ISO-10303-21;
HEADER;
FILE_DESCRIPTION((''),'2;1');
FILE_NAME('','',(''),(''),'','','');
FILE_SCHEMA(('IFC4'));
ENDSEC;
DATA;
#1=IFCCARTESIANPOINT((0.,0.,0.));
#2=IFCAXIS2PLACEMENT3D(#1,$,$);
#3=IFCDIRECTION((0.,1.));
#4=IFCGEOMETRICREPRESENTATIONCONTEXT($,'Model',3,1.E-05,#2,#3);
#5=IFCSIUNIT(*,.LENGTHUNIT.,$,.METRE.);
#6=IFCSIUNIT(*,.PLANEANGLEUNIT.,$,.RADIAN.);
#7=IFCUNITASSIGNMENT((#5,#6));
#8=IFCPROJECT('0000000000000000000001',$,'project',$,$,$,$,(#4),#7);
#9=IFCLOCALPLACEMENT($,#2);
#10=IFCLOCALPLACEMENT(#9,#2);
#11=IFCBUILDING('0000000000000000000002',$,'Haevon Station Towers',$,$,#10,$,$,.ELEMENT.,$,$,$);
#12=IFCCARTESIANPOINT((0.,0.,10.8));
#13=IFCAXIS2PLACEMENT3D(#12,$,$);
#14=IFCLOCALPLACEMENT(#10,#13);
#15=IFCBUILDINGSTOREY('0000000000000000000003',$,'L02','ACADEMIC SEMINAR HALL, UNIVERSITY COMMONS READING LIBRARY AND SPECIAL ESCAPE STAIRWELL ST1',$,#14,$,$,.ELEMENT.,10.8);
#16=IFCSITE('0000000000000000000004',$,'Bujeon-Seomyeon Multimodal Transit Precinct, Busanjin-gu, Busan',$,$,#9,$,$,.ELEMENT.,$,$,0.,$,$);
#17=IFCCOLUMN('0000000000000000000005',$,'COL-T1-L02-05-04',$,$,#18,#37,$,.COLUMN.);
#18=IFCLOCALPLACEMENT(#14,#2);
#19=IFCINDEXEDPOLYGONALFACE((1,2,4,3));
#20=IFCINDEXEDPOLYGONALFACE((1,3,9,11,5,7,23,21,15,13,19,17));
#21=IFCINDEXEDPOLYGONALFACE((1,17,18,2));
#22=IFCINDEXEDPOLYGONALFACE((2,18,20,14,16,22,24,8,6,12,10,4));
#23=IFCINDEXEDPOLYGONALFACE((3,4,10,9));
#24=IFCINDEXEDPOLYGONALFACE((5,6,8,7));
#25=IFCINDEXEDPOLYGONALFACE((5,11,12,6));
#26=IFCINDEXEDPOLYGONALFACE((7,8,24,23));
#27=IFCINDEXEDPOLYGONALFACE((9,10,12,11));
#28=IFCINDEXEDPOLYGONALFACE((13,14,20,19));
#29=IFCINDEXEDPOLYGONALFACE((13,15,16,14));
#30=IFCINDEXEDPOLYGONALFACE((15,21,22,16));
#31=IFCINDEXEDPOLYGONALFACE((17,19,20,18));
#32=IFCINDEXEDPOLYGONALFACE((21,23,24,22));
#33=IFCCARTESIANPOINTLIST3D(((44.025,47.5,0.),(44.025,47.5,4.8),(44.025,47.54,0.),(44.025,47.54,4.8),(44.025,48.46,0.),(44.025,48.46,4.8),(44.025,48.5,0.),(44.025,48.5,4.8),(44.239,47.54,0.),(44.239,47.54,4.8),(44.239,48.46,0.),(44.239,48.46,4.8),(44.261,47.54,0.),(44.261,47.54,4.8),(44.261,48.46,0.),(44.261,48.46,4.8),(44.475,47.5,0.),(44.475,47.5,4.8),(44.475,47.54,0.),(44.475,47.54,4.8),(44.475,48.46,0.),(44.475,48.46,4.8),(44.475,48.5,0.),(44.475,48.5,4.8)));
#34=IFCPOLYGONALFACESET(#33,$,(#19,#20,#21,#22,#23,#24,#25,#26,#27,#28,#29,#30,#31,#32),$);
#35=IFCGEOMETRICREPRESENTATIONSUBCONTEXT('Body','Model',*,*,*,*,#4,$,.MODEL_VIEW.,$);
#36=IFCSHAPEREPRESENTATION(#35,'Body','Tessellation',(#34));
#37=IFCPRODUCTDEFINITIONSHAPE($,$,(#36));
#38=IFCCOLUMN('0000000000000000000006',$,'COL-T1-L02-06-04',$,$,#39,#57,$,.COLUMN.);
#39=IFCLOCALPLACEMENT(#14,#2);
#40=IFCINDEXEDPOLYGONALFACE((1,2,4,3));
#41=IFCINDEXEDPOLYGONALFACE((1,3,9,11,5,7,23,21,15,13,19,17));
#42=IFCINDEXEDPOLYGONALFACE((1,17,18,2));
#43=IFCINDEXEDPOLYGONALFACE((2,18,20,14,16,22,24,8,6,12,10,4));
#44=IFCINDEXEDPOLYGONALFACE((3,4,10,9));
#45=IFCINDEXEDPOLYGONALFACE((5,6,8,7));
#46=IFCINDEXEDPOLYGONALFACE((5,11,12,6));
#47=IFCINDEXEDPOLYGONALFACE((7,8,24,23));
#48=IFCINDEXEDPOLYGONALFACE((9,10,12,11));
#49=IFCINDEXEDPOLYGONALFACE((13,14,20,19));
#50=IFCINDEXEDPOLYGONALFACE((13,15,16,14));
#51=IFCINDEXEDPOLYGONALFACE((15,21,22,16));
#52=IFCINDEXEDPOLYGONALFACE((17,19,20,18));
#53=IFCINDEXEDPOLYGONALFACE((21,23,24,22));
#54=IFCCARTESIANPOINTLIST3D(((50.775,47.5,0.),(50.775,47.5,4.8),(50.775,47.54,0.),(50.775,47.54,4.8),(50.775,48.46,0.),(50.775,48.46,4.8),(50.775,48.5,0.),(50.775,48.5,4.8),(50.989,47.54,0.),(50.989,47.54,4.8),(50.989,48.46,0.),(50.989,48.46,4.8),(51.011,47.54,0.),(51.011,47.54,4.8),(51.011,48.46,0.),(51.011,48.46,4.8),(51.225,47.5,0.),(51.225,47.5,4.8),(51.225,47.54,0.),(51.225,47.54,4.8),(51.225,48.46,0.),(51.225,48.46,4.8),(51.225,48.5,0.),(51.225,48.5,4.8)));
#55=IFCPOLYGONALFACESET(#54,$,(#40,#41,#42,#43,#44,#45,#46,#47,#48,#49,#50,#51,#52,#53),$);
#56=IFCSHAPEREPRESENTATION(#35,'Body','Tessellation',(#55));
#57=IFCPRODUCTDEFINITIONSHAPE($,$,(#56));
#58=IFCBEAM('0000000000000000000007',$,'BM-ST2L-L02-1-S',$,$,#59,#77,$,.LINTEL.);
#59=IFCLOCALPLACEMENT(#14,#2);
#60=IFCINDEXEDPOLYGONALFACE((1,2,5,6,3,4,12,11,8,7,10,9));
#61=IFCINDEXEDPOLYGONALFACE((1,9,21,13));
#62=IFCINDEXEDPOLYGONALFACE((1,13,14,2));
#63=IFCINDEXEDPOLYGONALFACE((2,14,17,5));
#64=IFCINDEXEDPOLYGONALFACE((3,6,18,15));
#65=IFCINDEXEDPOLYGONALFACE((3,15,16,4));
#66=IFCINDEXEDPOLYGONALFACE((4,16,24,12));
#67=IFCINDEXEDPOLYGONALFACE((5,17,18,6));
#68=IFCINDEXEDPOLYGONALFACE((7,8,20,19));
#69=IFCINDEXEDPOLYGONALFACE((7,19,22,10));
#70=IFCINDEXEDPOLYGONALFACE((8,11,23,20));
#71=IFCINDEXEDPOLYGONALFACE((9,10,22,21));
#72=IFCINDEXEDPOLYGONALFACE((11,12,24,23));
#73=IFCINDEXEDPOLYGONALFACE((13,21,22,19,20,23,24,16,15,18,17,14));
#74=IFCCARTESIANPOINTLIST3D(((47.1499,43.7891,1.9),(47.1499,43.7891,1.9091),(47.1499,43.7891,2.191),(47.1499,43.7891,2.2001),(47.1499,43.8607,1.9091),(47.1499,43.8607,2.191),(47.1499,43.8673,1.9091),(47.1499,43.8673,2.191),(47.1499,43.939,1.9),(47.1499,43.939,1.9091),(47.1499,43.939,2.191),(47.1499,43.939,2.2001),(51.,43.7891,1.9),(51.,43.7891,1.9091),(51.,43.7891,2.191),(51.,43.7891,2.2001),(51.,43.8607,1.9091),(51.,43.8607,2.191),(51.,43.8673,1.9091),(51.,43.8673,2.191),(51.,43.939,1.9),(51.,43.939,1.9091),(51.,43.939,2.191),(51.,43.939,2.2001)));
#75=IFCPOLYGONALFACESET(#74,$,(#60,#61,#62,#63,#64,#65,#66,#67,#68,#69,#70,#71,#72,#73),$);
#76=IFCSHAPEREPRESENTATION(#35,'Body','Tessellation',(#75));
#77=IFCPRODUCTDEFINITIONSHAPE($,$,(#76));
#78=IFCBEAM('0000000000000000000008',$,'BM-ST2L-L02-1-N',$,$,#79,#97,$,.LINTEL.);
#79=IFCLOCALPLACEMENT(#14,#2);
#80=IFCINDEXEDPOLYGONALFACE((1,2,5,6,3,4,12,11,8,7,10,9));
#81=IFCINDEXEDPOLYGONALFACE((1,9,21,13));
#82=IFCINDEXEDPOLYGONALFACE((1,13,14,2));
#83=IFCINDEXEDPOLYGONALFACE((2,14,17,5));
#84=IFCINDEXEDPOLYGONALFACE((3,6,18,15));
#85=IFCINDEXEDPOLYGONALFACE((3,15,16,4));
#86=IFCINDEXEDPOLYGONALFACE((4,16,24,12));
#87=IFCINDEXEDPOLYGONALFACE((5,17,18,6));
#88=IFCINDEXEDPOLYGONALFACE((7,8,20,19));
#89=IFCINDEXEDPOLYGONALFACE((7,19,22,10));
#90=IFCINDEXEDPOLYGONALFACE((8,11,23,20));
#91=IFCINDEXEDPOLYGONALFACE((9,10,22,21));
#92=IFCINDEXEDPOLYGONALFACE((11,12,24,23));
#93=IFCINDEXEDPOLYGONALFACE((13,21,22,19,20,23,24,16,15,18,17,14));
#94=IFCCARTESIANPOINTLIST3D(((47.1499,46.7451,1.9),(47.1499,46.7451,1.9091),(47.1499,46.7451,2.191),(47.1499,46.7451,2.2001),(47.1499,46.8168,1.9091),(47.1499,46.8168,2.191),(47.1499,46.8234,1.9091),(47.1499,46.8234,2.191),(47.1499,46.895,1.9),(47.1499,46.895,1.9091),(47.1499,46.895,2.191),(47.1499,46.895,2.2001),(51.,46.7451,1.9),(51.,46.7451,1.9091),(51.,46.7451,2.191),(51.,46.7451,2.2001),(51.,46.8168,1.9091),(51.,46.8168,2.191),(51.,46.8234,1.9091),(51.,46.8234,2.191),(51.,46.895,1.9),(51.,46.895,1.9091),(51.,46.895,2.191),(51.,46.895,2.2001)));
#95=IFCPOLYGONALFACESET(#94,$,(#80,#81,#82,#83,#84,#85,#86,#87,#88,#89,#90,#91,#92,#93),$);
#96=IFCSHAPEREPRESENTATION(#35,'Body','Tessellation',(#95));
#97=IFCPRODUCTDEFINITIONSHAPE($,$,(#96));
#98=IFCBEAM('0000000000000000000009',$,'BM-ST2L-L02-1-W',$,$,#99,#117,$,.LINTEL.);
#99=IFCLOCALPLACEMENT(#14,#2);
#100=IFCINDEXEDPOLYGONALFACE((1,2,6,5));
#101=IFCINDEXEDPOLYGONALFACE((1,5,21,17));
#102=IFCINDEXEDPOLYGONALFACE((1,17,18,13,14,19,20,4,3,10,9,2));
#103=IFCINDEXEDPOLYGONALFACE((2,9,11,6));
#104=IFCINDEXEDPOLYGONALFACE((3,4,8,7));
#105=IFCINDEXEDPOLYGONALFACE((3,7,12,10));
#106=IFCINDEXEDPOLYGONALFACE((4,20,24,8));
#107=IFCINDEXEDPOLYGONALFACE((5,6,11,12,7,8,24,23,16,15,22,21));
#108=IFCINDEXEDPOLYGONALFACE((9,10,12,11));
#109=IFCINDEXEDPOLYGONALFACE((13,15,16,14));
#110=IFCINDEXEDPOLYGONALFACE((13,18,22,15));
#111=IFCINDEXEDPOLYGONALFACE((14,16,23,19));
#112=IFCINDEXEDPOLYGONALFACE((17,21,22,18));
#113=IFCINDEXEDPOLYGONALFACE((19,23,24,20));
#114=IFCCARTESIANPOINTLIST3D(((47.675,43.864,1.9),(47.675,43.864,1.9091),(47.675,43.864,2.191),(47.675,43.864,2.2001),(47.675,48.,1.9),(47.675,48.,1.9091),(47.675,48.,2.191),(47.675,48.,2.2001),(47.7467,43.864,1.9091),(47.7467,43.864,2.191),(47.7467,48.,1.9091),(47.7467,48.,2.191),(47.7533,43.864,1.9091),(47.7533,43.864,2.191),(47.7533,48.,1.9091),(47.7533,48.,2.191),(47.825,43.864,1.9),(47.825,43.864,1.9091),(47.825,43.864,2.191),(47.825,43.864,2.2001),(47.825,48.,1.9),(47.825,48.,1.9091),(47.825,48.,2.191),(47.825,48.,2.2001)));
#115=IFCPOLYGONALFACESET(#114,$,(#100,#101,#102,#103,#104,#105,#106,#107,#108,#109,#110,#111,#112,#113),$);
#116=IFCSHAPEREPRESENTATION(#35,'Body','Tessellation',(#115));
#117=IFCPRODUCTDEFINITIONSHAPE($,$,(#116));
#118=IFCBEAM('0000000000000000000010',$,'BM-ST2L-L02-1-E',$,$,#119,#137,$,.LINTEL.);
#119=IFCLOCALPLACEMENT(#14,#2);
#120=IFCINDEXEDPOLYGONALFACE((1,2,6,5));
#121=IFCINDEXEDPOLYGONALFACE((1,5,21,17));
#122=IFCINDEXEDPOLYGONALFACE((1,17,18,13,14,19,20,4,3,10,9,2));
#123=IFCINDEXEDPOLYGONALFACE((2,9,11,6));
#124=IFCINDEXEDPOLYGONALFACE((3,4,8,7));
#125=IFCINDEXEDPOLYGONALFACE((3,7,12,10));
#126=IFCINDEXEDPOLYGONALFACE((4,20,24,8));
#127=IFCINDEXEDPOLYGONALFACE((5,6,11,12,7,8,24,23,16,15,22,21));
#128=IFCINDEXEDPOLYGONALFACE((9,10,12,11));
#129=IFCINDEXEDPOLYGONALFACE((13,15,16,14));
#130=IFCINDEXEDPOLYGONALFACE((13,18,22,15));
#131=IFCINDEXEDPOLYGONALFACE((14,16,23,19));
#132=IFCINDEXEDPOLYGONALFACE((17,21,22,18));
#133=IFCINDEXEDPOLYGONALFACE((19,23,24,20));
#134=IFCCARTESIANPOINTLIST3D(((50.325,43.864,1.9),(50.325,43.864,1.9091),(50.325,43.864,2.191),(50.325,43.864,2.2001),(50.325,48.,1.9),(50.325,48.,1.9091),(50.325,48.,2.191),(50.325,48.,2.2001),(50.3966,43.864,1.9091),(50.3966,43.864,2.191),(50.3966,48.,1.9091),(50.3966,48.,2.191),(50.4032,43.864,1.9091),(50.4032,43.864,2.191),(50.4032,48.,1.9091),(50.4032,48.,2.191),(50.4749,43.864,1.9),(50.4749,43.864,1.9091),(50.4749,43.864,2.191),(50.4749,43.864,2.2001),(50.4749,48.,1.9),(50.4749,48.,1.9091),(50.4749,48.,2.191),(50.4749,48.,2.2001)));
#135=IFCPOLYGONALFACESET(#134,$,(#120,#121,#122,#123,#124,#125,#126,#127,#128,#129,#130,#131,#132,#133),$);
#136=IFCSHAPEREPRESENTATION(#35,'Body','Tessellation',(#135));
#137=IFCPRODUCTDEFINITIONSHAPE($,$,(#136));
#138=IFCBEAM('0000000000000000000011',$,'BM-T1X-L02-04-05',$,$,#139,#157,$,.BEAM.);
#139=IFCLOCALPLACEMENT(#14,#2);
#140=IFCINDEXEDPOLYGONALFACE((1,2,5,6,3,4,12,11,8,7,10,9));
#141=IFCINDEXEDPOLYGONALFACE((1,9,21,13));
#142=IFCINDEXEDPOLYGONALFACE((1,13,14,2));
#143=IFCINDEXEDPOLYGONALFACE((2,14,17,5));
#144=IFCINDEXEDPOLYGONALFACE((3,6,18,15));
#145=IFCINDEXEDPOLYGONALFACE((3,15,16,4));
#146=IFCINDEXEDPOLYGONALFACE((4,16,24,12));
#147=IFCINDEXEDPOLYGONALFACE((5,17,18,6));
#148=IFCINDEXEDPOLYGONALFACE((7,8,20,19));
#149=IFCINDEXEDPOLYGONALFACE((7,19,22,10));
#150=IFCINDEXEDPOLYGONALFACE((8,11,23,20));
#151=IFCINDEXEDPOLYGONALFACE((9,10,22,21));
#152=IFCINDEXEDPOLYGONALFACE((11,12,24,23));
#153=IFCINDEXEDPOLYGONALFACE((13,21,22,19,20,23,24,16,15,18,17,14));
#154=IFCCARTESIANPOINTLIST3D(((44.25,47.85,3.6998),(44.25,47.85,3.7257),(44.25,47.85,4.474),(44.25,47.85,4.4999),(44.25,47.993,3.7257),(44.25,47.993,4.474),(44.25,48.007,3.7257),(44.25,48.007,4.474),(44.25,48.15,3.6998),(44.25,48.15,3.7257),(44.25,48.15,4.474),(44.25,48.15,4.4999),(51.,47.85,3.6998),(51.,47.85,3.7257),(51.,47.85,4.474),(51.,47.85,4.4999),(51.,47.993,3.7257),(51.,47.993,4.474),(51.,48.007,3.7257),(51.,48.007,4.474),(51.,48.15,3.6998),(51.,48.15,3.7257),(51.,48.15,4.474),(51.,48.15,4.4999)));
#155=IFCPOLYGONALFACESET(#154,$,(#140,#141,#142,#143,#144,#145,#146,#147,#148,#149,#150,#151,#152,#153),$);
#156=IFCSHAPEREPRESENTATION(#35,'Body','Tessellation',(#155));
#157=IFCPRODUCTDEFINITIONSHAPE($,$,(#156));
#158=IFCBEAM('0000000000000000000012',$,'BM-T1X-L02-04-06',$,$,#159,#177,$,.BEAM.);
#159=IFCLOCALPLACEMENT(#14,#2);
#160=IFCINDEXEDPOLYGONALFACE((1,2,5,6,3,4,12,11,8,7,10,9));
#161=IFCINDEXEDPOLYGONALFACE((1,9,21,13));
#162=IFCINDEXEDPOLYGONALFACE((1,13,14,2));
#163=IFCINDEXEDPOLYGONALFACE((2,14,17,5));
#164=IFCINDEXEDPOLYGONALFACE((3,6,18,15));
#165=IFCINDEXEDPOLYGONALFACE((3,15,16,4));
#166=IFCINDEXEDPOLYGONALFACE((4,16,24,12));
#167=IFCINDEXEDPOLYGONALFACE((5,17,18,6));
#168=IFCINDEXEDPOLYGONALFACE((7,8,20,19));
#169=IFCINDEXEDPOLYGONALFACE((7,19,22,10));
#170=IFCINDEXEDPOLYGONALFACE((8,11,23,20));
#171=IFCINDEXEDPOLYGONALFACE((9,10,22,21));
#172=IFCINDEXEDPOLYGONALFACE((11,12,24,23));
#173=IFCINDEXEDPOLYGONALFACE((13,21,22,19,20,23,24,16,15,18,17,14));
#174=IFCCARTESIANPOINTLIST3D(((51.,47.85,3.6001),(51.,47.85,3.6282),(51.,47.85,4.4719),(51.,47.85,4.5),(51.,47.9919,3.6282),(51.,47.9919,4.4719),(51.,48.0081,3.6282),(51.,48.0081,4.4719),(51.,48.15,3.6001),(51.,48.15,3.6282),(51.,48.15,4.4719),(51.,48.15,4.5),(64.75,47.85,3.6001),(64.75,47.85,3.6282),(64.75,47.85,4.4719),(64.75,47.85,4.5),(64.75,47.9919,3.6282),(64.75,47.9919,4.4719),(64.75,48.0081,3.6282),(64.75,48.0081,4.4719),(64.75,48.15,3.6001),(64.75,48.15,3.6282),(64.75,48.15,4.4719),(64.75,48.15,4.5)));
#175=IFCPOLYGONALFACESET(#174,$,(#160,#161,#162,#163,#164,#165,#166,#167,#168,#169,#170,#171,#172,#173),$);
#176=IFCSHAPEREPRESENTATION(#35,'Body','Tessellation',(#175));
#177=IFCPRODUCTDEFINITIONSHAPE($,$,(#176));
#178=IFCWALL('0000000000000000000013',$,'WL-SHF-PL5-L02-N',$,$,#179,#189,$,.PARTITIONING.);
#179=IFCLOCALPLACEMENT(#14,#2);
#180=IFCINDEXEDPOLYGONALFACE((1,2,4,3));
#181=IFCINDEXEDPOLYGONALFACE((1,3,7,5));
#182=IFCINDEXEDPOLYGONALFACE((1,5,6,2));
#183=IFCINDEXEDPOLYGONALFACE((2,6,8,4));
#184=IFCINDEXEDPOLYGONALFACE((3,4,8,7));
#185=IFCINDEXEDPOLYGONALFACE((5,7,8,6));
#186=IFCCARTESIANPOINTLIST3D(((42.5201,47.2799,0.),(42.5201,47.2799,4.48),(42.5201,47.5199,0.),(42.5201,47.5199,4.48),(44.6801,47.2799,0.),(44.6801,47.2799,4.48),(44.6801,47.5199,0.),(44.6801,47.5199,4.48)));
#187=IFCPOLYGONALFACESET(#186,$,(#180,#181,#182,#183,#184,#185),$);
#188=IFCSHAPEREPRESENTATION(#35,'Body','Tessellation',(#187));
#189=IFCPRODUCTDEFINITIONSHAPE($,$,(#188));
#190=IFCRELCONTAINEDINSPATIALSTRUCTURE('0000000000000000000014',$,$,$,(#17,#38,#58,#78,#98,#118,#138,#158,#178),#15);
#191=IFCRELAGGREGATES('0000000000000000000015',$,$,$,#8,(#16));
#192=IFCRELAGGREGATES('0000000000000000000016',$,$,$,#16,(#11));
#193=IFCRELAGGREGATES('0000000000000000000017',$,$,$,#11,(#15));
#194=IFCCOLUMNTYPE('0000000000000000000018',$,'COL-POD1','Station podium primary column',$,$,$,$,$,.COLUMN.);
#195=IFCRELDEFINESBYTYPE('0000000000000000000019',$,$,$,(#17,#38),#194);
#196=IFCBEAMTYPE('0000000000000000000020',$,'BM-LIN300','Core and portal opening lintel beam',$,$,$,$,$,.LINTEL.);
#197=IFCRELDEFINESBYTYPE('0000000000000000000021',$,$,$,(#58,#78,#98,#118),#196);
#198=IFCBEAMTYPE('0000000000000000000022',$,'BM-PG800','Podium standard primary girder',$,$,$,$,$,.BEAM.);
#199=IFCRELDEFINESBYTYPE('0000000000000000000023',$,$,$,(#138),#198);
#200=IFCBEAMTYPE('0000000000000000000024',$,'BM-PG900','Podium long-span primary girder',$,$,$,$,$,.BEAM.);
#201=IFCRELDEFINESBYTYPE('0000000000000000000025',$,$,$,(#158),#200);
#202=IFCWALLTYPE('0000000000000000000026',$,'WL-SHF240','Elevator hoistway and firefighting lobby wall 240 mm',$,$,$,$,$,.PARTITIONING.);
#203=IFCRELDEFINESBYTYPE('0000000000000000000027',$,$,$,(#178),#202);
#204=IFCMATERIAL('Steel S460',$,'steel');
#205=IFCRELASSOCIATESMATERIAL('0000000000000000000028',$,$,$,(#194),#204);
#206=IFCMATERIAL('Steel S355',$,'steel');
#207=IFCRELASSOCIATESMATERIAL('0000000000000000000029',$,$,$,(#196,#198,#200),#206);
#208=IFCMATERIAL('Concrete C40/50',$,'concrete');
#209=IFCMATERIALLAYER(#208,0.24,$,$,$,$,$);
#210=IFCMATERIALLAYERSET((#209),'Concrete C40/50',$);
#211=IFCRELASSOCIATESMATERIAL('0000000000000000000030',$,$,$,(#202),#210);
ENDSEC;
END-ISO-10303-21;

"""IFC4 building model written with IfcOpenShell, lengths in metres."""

from ifc_helpers import new_model, si_unit, direction, frame, frame_2d, origin, origin_2d, place, context, subcontext, project, spatial, rectangle, i_section, extrude, material, layer, layer_set, material_profile, profile_set, type_object, element, save


model = new_model("IFC4")

# Units and contexts
model_context = context("Model", 3, precision=1e-05, world=origin(), true_north=direction((0.0, 1.0)))
body_context = subcontext(model_context, "Body", "Model", "MODEL_VIEW")
ifc_project = project(units=[si_unit("LENGTHUNIT", "METRE"), si_unit("PLANEANGLEUNIT", "RADIAN")], contexts=[model_context])

# Site, building, storey
site_placement = place(None, origin())
site = spatial("IfcSite", under=ifc_project, at=site_placement, Name="Bujeon-Seomyeon Multimodal Transit Precinct, Busanjin-gu, Busan", CompositionType="ELEMENT", RefElevation=0.0)
building_placement = place(site_placement, origin())
building = spatial("IfcBuilding", under=site, at=building_placement, Name="Haevon Station Towers", CompositionType="ELEMENT")
storey_placement = place(building_placement, frame((0.0, 0.0, 10.8)))
storey = spatial("IfcBuildingStorey", under=building, at=storey_placement, Name="L02", Description="ACADEMIC SEMINAR HALL, UNIVERSITY COMMONS READING LIBRARY AND SPECIAL ESCAPE STAIRWELL ST1", CompositionType="ELEMENT", Elevation=10.8)

# Columns
ifc_material_1 = material(Name="Steel S460", Category="steel")
ifc_material_profile_1 = material_profile(ifc_material_1, i_section(OverallWidth=0.45, OverallDepth=1.0, WebThickness=0.022, FlangeThickness=0.04, at=origin_2d()), Name="H-1000x450x22x40")
ifc_profile_set_1 = profile_set([ifc_material_profile_1], Name="Steel S460")
column_type = type_object("IfcColumnType", Name="COL-POD1", Description="Station podium primary column", PredefinedType="COLUMN", material=ifc_profile_set_1)
for number, where, z_axis, x_axis, name in (
    (1, (44.25, 48.0, 0.0), (0.0, 0.0, 1.0), (1.0, 0.0, 0.0), "COL-T1-L02-05-04"),
    (2, (51.0, 48.0, 0.0), (0.0, 0.0, 1.0), (1.0, 0.0, 0.0), "COL-T1-L02-06-04"),
):
    element("IfcColumn", number, at=place(storey_placement, frame(where, z_axis=z_axis, x_axis=x_axis)), inside=storey, type_object=column_type, Name=name, PredefinedType="COLUMN", context=body_context, shape_type="SweptSolid", body=[
        extrude(i_section(OverallWidth=0.45, OverallDepth=1.0, WebThickness=0.022, FlangeThickness=0.04, at=origin_2d()), origin(), (0.0, 0.0, 1.0), 4.8),
    ])

# Beams
ifc_material_2 = material(Name="Steel S355", Category="steel")
ifc_material_profile_2 = material_profile(ifc_material_2, i_section(OverallWidth=0.1499, OverallDepth=0.3, WebThickness=0.0066, FlangeThickness=0.009, at=origin_2d()), Name="H-300x150x6.5x9")
ifc_profile_set_2 = profile_set([ifc_material_profile_2], Name="Steel S355")
beam_type_1 = type_object("IfcBeamType", Name="BM-LIN300", Description="Core and portal opening lintel beam", PredefinedType="LINTEL", material=ifc_profile_set_2)
for number, where, z_axis, x_axis, name in (
    (3, (47.1499, 43.864, 2.05), (1.0, 0.0, 0.0), (0.0, 1.0, 0.0), "BM-ST2L-L02-1-S"),
    (4, (47.1499, 46.8201, 2.05), (1.0, 0.0, 0.0), (0.0, 1.0, 0.0), "BM-ST2L-L02-1-N"),
):
    element("IfcBeam", number, at=place(storey_placement, frame(where, z_axis=z_axis, x_axis=x_axis)), inside=storey, type_object=beam_type_1, Name=name, PredefinedType="LINTEL", context=body_context, shape_type="SweptSolid", body=[
        extrude(i_section(OverallWidth=0.1499, OverallDepth=0.3, WebThickness=0.0066, FlangeThickness=0.009, at=origin_2d()), origin(), (0.0, 0.0, 1.0), 3.8501),
    ])
for number, where, z_axis, x_axis, name in (
    (5, (47.75, 43.864, 2.05), (0.0, 1.0, 0.0), (-1.0, 0.0, 0.0), "BM-ST2L-L02-1-W"),
    (6, (50.3999, 43.864, 2.05), (0.0, 1.0, 0.0), (-1.0, 0.0, 0.0), "BM-ST2L-L02-1-E"),
):
    element("IfcBeam", number, at=place(storey_placement, frame(where, z_axis=z_axis, x_axis=x_axis)), inside=storey, type_object=beam_type_1, Name=name, PredefinedType="LINTEL", context=body_context, shape_type="SweptSolid", body=[
        extrude(i_section(OverallWidth=0.1499, OverallDepth=0.3, WebThickness=0.0066, FlangeThickness=0.009, at=origin_2d()), origin(), (0.0, 0.0, 1.0), 4.136),
    ])
ifc_material_profile_3 = material_profile(ifc_material_2, i_section(OverallWidth=0.3, OverallDepth=0.8, WebThickness=0.0139, FlangeThickness=0.0259, at=origin_2d()), Name="H-800x300x14x26")
ifc_profile_set_3 = profile_set([ifc_material_profile_3], Name="Steel S355")
beam_type_2 = type_object("IfcBeamType", Name="BM-PG800", Description="Podium standard primary girder", PredefinedType="BEAM", material=ifc_profile_set_3)
beam_1_placement = place(storey_placement, frame((44.25, 48.0, 4.0999), z_axis=(1.0, 0.0, 0.0), x_axis=(0.0, 1.0, 0.0)))
element("IfcBeam", 7, at=beam_1_placement, inside=storey, type_object=beam_type_2, Name="BM-T1X-L02-04-05", PredefinedType="BEAM", context=body_context, shape_type="SweptSolid", body=[
    extrude(i_section(OverallWidth=0.3, OverallDepth=0.8, WebThickness=0.0139, FlangeThickness=0.0259, at=origin_2d()), origin(), (0.0, 0.0, 1.0), 6.75),
])
ifc_material_profile_4 = material_profile(ifc_material_2, i_section(OverallWidth=0.3, OverallDepth=0.8999, WebThickness=0.0161, FlangeThickness=0.0281, at=origin_2d()), Name="H-900x300x16x28")
ifc_profile_set_4 = profile_set([ifc_material_profile_4], Name="Steel S355")
beam_type_3 = type_object("IfcBeamType", Name="BM-PG900", Description="Podium long-span primary girder", PredefinedType="BEAM", material=ifc_profile_set_4)
beam_2_placement = place(storey_placement, frame((51.0, 48.0, 4.05), z_axis=(1.0, 0.0, 0.0), x_axis=(0.0, 1.0, 0.0)))
element("IfcBeam", 8, at=beam_2_placement, inside=storey, type_object=beam_type_3, Name="BM-T1X-L02-04-06", PredefinedType="BEAM", context=body_context, shape_type="SweptSolid", body=[
    extrude(i_section(OverallWidth=0.3, OverallDepth=0.8999, WebThickness=0.0161, FlangeThickness=0.0281, at=origin_2d()), origin(), (0.0, 0.0, 1.0), 13.75),
])

# Wall
ifc_material_3 = material(Name="Concrete C40/50", Category="concrete")
ifc_layer = layer(ifc_material_3, 0.24)
ifc_layer_set = layer_set([ifc_layer], Name="Concrete C40/50")
wall_type = type_object("IfcWallType", Name="WL-SHF240", Description="Elevator hoistway and firefighting lobby wall 240 mm", PredefinedType="PARTITIONING", material=ifc_layer_set)
wall_placement = place(storey_placement, frame((42.52, 47.3999, 0.0), z_axis=(0.0, 0.0, 1.0), x_axis=(1.0, 0.0, 0.0)))
element("IfcWall", 9, at=wall_placement, inside=storey, type_object=wall_type, Name="WL-SHF-PL5-L02-N", PredefinedType="PARTITIONING", context=body_context, shape_type="SweptSolid", body=[
    extrude(rectangle(XDim=2.1599, YDim=0.24, at=frame_2d((1.0801, 0.0))), origin(), (0.0, 0.0, 1.0), 4.48),
])

save(model, "model.ifc")
